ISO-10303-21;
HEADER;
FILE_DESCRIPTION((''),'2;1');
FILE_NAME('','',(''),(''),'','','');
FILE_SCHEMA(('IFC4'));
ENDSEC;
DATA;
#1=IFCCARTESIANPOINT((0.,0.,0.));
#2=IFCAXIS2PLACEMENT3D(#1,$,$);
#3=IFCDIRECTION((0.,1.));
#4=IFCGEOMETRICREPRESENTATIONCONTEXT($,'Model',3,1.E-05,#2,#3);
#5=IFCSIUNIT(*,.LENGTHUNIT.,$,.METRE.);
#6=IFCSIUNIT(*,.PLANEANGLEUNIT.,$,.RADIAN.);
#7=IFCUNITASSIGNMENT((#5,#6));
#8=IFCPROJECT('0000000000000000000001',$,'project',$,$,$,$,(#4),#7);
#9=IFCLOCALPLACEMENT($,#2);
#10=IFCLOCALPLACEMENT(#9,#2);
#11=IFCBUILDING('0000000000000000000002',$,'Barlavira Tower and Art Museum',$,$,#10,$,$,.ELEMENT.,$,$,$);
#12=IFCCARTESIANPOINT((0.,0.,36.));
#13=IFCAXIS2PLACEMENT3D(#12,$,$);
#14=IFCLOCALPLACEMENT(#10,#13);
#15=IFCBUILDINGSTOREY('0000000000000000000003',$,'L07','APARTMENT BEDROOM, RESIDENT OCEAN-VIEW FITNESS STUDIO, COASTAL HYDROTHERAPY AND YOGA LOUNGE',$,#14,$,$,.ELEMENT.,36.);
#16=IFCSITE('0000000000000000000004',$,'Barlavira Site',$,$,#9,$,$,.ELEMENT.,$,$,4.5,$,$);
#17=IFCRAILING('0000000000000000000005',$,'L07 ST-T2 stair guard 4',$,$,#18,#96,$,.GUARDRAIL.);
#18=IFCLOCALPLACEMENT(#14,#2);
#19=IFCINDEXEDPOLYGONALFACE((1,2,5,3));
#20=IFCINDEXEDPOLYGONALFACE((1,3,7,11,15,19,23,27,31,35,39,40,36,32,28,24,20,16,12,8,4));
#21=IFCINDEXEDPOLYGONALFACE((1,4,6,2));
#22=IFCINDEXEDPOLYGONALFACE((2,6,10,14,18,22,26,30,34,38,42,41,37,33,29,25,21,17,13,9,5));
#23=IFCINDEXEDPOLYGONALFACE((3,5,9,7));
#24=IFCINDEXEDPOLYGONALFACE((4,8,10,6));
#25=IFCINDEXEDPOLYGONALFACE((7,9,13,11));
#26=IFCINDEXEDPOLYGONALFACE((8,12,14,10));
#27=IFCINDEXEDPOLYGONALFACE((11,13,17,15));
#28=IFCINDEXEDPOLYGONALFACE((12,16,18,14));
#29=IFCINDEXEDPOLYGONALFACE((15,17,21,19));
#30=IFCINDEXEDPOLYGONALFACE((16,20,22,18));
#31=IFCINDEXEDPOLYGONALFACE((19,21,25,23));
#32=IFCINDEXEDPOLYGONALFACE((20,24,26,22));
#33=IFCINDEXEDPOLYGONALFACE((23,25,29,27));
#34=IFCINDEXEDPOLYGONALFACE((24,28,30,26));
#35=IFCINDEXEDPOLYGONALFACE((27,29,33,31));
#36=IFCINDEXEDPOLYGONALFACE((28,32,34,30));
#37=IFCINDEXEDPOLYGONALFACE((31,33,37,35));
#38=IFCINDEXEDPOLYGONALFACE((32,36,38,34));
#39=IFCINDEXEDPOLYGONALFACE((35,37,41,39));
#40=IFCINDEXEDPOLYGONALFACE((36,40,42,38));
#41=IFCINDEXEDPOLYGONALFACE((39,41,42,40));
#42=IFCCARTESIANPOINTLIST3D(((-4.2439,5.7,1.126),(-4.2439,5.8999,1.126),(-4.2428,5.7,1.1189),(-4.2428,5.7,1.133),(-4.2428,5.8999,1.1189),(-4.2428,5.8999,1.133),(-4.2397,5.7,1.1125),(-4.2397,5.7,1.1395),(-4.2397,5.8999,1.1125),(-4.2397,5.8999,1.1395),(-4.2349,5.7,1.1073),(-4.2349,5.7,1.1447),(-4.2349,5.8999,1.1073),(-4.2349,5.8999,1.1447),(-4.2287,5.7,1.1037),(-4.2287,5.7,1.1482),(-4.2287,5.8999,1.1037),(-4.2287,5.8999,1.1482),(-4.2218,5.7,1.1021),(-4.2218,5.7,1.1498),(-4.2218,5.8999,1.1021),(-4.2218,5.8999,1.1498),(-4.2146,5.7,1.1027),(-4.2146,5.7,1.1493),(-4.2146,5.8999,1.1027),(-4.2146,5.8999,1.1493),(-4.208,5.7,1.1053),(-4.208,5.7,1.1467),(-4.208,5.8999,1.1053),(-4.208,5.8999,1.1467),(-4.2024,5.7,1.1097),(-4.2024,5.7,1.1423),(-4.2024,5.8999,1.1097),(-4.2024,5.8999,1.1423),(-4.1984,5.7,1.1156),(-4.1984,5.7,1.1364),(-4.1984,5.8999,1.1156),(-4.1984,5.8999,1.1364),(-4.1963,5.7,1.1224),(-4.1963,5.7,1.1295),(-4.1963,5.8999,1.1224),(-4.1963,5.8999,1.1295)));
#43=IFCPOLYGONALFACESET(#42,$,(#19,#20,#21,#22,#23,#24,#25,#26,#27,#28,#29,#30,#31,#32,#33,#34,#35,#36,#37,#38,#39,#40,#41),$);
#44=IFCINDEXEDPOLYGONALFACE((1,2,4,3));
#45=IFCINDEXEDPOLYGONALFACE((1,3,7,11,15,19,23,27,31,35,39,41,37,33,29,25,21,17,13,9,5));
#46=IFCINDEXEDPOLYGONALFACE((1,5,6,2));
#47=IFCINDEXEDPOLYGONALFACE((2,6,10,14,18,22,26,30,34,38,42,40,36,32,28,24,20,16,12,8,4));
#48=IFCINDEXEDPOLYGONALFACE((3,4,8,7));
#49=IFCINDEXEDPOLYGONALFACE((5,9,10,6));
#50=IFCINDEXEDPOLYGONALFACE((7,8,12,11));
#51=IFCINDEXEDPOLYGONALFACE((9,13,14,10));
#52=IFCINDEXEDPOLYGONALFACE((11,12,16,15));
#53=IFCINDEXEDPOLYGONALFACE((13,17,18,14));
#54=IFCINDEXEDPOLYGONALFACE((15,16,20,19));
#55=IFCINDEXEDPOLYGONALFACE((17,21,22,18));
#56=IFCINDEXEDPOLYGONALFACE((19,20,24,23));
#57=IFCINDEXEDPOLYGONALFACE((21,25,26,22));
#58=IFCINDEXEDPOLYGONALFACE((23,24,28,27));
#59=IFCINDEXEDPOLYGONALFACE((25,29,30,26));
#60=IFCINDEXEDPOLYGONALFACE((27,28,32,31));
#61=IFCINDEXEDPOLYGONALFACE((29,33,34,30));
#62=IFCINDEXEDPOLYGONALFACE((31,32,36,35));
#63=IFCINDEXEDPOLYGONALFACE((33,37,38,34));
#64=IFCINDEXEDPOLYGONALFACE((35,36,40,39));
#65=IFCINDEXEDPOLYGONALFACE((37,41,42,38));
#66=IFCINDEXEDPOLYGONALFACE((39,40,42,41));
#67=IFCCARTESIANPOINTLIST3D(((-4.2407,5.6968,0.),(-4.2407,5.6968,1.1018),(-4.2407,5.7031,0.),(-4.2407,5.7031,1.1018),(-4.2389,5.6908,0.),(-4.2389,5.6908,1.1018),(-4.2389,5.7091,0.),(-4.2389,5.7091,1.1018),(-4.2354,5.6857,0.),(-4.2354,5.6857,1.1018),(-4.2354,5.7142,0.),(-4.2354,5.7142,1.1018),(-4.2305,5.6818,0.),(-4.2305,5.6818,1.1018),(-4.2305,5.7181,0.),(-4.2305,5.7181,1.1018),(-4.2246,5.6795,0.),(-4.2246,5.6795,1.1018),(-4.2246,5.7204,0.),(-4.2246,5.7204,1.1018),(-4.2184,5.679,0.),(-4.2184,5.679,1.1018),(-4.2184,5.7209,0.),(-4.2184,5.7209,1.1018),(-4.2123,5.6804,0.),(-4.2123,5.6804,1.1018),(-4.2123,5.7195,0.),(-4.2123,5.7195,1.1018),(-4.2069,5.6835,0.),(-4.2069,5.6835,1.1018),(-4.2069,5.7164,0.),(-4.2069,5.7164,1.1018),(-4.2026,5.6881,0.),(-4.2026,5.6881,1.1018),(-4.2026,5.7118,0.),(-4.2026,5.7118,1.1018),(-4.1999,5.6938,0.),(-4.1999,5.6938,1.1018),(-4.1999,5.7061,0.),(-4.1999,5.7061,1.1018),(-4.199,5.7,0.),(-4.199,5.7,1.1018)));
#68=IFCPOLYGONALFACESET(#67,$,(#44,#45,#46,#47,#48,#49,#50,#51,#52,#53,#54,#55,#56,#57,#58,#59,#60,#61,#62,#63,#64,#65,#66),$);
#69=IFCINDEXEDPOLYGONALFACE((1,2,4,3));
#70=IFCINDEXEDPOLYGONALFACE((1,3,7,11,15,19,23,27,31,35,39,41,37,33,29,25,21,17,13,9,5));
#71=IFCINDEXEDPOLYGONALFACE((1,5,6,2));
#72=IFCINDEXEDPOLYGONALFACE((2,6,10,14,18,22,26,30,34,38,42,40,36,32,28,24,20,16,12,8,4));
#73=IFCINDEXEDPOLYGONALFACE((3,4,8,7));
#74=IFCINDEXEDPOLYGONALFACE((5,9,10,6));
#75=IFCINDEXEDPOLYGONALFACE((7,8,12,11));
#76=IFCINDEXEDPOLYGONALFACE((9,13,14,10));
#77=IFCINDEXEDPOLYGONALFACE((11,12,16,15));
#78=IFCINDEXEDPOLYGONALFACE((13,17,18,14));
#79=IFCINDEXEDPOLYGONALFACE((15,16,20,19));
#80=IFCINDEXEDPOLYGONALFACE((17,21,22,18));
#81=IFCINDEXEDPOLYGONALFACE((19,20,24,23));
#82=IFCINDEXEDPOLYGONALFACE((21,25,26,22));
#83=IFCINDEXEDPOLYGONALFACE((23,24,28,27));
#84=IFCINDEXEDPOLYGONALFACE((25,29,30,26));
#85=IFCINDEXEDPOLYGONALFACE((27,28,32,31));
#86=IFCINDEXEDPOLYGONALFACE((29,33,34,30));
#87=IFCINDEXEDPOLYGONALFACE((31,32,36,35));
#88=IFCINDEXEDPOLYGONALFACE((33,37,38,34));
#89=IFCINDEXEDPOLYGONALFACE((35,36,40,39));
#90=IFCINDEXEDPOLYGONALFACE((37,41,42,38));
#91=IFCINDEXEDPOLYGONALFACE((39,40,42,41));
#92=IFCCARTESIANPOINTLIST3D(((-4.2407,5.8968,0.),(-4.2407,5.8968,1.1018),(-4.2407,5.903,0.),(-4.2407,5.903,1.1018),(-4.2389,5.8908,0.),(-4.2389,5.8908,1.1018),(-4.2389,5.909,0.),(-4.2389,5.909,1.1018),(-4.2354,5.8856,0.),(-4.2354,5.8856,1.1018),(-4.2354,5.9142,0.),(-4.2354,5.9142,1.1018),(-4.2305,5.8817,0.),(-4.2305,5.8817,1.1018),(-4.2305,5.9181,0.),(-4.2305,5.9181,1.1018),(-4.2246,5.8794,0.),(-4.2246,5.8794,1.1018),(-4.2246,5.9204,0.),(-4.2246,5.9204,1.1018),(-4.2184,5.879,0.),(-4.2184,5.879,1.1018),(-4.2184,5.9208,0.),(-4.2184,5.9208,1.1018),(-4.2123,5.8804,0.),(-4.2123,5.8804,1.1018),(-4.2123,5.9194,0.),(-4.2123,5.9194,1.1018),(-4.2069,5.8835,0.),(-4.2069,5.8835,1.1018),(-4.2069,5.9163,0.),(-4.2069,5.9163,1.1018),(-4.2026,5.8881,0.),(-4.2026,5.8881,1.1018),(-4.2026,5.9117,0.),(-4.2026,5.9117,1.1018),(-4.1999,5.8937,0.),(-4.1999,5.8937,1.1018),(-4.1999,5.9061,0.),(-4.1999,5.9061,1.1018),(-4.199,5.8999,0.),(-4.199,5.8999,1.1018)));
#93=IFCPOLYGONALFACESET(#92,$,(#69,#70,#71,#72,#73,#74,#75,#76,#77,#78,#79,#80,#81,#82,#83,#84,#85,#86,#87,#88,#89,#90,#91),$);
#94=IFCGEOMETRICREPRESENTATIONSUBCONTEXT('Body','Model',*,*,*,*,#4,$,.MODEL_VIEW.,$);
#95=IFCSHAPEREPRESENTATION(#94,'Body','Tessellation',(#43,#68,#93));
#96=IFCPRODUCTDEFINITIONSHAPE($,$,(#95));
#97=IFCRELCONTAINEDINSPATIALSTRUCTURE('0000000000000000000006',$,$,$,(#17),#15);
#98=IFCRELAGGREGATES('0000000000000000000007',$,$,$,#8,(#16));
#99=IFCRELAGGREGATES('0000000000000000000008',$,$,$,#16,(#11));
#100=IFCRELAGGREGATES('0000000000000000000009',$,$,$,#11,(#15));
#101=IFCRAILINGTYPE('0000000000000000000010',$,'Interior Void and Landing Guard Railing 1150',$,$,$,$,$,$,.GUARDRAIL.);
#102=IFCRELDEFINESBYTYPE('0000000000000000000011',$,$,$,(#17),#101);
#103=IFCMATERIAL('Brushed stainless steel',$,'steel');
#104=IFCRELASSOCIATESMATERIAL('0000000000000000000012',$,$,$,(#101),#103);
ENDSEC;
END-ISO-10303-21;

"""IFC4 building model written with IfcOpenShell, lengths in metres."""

from ifc_helpers import new_model, si_unit, direction, frame, origin, origin_2d, place, context, subcontext, project, spatial, circle, extrude, material, type_object, element, save


model = new_model("IFC4")

# Units and contexts
model_context = context("Model", 3, precision=1e-05, world=origin(), true_north=direction((0.0, 1.0)))
body_context = subcontext(model_context, "Body", "Model", "MODEL_VIEW")
ifc_project = project(units=[si_unit("LENGTHUNIT", "METRE"), si_unit("PLANEANGLEUNIT", "RADIAN")], contexts=[model_context])

# Site, building, storey
site_placement = place(None, origin())
site = spatial("IfcSite", under=ifc_project, at=site_placement, Name="Barlavira Site", CompositionType="ELEMENT", RefElevation=4.5)
building_placement = place(site_placement, origin())
building = spatial("IfcBuilding", under=site, at=building_placement, Name="Barlavira Tower and Art Museum", CompositionType="ELEMENT")
storey_placement = place(building_placement, frame((0.0, 0.0, 36.0)))
storey = spatial("IfcBuildingStorey", under=building, at=storey_placement, Name="L07", Description="APARTMENT BEDROOM, RESIDENT OCEAN-VIEW FITNESS STUDIO, COASTAL HYDROTHERAPY AND YOGA LOUNGE", CompositionType="ELEMENT", Elevation=36.0)

# Shared definitions
ifc_material_1 = material(Name="Brushed stainless steel", Category="steel")

# Railing
railing_type_1 = type_object("IfcRailingType", Name="Interior Void and Landing Guard Railing 1150", PredefinedType="GUARDRAIL", material=ifc_material_1)
railing_1_placement = place(storey_placement, frame((-4.22, 5.7, 0.0)))
element("IfcRailing", 1, at=railing_1_placement, inside=storey, type_object=railing_type_1, Name="L07 ST-T2 stair guard 4", PredefinedType="GUARDRAIL", context=body_context, shape_type="SweptSolid", body=[
    extrude(circle(Radius=0.0239, at=origin_2d()), frame((0.0, 0.0, 1.126), z_axis=(0.0, 1.0, 0.0), x_axis=(-1.0, 0.0, 0.0)), (0.0, 0.0, 1.0), 0.2),
    extrude(circle(Radius=0.021, at=origin_2d()), origin(), (0.0, 0.0, 1.0), 1.1018),
    extrude(circle(Radius=0.021, at=origin_2d()), frame((0.0, 0.2, 0.0)), (0.0, 0.0, 1.0), 1.1018),
])

save(model, "model.ifc")
